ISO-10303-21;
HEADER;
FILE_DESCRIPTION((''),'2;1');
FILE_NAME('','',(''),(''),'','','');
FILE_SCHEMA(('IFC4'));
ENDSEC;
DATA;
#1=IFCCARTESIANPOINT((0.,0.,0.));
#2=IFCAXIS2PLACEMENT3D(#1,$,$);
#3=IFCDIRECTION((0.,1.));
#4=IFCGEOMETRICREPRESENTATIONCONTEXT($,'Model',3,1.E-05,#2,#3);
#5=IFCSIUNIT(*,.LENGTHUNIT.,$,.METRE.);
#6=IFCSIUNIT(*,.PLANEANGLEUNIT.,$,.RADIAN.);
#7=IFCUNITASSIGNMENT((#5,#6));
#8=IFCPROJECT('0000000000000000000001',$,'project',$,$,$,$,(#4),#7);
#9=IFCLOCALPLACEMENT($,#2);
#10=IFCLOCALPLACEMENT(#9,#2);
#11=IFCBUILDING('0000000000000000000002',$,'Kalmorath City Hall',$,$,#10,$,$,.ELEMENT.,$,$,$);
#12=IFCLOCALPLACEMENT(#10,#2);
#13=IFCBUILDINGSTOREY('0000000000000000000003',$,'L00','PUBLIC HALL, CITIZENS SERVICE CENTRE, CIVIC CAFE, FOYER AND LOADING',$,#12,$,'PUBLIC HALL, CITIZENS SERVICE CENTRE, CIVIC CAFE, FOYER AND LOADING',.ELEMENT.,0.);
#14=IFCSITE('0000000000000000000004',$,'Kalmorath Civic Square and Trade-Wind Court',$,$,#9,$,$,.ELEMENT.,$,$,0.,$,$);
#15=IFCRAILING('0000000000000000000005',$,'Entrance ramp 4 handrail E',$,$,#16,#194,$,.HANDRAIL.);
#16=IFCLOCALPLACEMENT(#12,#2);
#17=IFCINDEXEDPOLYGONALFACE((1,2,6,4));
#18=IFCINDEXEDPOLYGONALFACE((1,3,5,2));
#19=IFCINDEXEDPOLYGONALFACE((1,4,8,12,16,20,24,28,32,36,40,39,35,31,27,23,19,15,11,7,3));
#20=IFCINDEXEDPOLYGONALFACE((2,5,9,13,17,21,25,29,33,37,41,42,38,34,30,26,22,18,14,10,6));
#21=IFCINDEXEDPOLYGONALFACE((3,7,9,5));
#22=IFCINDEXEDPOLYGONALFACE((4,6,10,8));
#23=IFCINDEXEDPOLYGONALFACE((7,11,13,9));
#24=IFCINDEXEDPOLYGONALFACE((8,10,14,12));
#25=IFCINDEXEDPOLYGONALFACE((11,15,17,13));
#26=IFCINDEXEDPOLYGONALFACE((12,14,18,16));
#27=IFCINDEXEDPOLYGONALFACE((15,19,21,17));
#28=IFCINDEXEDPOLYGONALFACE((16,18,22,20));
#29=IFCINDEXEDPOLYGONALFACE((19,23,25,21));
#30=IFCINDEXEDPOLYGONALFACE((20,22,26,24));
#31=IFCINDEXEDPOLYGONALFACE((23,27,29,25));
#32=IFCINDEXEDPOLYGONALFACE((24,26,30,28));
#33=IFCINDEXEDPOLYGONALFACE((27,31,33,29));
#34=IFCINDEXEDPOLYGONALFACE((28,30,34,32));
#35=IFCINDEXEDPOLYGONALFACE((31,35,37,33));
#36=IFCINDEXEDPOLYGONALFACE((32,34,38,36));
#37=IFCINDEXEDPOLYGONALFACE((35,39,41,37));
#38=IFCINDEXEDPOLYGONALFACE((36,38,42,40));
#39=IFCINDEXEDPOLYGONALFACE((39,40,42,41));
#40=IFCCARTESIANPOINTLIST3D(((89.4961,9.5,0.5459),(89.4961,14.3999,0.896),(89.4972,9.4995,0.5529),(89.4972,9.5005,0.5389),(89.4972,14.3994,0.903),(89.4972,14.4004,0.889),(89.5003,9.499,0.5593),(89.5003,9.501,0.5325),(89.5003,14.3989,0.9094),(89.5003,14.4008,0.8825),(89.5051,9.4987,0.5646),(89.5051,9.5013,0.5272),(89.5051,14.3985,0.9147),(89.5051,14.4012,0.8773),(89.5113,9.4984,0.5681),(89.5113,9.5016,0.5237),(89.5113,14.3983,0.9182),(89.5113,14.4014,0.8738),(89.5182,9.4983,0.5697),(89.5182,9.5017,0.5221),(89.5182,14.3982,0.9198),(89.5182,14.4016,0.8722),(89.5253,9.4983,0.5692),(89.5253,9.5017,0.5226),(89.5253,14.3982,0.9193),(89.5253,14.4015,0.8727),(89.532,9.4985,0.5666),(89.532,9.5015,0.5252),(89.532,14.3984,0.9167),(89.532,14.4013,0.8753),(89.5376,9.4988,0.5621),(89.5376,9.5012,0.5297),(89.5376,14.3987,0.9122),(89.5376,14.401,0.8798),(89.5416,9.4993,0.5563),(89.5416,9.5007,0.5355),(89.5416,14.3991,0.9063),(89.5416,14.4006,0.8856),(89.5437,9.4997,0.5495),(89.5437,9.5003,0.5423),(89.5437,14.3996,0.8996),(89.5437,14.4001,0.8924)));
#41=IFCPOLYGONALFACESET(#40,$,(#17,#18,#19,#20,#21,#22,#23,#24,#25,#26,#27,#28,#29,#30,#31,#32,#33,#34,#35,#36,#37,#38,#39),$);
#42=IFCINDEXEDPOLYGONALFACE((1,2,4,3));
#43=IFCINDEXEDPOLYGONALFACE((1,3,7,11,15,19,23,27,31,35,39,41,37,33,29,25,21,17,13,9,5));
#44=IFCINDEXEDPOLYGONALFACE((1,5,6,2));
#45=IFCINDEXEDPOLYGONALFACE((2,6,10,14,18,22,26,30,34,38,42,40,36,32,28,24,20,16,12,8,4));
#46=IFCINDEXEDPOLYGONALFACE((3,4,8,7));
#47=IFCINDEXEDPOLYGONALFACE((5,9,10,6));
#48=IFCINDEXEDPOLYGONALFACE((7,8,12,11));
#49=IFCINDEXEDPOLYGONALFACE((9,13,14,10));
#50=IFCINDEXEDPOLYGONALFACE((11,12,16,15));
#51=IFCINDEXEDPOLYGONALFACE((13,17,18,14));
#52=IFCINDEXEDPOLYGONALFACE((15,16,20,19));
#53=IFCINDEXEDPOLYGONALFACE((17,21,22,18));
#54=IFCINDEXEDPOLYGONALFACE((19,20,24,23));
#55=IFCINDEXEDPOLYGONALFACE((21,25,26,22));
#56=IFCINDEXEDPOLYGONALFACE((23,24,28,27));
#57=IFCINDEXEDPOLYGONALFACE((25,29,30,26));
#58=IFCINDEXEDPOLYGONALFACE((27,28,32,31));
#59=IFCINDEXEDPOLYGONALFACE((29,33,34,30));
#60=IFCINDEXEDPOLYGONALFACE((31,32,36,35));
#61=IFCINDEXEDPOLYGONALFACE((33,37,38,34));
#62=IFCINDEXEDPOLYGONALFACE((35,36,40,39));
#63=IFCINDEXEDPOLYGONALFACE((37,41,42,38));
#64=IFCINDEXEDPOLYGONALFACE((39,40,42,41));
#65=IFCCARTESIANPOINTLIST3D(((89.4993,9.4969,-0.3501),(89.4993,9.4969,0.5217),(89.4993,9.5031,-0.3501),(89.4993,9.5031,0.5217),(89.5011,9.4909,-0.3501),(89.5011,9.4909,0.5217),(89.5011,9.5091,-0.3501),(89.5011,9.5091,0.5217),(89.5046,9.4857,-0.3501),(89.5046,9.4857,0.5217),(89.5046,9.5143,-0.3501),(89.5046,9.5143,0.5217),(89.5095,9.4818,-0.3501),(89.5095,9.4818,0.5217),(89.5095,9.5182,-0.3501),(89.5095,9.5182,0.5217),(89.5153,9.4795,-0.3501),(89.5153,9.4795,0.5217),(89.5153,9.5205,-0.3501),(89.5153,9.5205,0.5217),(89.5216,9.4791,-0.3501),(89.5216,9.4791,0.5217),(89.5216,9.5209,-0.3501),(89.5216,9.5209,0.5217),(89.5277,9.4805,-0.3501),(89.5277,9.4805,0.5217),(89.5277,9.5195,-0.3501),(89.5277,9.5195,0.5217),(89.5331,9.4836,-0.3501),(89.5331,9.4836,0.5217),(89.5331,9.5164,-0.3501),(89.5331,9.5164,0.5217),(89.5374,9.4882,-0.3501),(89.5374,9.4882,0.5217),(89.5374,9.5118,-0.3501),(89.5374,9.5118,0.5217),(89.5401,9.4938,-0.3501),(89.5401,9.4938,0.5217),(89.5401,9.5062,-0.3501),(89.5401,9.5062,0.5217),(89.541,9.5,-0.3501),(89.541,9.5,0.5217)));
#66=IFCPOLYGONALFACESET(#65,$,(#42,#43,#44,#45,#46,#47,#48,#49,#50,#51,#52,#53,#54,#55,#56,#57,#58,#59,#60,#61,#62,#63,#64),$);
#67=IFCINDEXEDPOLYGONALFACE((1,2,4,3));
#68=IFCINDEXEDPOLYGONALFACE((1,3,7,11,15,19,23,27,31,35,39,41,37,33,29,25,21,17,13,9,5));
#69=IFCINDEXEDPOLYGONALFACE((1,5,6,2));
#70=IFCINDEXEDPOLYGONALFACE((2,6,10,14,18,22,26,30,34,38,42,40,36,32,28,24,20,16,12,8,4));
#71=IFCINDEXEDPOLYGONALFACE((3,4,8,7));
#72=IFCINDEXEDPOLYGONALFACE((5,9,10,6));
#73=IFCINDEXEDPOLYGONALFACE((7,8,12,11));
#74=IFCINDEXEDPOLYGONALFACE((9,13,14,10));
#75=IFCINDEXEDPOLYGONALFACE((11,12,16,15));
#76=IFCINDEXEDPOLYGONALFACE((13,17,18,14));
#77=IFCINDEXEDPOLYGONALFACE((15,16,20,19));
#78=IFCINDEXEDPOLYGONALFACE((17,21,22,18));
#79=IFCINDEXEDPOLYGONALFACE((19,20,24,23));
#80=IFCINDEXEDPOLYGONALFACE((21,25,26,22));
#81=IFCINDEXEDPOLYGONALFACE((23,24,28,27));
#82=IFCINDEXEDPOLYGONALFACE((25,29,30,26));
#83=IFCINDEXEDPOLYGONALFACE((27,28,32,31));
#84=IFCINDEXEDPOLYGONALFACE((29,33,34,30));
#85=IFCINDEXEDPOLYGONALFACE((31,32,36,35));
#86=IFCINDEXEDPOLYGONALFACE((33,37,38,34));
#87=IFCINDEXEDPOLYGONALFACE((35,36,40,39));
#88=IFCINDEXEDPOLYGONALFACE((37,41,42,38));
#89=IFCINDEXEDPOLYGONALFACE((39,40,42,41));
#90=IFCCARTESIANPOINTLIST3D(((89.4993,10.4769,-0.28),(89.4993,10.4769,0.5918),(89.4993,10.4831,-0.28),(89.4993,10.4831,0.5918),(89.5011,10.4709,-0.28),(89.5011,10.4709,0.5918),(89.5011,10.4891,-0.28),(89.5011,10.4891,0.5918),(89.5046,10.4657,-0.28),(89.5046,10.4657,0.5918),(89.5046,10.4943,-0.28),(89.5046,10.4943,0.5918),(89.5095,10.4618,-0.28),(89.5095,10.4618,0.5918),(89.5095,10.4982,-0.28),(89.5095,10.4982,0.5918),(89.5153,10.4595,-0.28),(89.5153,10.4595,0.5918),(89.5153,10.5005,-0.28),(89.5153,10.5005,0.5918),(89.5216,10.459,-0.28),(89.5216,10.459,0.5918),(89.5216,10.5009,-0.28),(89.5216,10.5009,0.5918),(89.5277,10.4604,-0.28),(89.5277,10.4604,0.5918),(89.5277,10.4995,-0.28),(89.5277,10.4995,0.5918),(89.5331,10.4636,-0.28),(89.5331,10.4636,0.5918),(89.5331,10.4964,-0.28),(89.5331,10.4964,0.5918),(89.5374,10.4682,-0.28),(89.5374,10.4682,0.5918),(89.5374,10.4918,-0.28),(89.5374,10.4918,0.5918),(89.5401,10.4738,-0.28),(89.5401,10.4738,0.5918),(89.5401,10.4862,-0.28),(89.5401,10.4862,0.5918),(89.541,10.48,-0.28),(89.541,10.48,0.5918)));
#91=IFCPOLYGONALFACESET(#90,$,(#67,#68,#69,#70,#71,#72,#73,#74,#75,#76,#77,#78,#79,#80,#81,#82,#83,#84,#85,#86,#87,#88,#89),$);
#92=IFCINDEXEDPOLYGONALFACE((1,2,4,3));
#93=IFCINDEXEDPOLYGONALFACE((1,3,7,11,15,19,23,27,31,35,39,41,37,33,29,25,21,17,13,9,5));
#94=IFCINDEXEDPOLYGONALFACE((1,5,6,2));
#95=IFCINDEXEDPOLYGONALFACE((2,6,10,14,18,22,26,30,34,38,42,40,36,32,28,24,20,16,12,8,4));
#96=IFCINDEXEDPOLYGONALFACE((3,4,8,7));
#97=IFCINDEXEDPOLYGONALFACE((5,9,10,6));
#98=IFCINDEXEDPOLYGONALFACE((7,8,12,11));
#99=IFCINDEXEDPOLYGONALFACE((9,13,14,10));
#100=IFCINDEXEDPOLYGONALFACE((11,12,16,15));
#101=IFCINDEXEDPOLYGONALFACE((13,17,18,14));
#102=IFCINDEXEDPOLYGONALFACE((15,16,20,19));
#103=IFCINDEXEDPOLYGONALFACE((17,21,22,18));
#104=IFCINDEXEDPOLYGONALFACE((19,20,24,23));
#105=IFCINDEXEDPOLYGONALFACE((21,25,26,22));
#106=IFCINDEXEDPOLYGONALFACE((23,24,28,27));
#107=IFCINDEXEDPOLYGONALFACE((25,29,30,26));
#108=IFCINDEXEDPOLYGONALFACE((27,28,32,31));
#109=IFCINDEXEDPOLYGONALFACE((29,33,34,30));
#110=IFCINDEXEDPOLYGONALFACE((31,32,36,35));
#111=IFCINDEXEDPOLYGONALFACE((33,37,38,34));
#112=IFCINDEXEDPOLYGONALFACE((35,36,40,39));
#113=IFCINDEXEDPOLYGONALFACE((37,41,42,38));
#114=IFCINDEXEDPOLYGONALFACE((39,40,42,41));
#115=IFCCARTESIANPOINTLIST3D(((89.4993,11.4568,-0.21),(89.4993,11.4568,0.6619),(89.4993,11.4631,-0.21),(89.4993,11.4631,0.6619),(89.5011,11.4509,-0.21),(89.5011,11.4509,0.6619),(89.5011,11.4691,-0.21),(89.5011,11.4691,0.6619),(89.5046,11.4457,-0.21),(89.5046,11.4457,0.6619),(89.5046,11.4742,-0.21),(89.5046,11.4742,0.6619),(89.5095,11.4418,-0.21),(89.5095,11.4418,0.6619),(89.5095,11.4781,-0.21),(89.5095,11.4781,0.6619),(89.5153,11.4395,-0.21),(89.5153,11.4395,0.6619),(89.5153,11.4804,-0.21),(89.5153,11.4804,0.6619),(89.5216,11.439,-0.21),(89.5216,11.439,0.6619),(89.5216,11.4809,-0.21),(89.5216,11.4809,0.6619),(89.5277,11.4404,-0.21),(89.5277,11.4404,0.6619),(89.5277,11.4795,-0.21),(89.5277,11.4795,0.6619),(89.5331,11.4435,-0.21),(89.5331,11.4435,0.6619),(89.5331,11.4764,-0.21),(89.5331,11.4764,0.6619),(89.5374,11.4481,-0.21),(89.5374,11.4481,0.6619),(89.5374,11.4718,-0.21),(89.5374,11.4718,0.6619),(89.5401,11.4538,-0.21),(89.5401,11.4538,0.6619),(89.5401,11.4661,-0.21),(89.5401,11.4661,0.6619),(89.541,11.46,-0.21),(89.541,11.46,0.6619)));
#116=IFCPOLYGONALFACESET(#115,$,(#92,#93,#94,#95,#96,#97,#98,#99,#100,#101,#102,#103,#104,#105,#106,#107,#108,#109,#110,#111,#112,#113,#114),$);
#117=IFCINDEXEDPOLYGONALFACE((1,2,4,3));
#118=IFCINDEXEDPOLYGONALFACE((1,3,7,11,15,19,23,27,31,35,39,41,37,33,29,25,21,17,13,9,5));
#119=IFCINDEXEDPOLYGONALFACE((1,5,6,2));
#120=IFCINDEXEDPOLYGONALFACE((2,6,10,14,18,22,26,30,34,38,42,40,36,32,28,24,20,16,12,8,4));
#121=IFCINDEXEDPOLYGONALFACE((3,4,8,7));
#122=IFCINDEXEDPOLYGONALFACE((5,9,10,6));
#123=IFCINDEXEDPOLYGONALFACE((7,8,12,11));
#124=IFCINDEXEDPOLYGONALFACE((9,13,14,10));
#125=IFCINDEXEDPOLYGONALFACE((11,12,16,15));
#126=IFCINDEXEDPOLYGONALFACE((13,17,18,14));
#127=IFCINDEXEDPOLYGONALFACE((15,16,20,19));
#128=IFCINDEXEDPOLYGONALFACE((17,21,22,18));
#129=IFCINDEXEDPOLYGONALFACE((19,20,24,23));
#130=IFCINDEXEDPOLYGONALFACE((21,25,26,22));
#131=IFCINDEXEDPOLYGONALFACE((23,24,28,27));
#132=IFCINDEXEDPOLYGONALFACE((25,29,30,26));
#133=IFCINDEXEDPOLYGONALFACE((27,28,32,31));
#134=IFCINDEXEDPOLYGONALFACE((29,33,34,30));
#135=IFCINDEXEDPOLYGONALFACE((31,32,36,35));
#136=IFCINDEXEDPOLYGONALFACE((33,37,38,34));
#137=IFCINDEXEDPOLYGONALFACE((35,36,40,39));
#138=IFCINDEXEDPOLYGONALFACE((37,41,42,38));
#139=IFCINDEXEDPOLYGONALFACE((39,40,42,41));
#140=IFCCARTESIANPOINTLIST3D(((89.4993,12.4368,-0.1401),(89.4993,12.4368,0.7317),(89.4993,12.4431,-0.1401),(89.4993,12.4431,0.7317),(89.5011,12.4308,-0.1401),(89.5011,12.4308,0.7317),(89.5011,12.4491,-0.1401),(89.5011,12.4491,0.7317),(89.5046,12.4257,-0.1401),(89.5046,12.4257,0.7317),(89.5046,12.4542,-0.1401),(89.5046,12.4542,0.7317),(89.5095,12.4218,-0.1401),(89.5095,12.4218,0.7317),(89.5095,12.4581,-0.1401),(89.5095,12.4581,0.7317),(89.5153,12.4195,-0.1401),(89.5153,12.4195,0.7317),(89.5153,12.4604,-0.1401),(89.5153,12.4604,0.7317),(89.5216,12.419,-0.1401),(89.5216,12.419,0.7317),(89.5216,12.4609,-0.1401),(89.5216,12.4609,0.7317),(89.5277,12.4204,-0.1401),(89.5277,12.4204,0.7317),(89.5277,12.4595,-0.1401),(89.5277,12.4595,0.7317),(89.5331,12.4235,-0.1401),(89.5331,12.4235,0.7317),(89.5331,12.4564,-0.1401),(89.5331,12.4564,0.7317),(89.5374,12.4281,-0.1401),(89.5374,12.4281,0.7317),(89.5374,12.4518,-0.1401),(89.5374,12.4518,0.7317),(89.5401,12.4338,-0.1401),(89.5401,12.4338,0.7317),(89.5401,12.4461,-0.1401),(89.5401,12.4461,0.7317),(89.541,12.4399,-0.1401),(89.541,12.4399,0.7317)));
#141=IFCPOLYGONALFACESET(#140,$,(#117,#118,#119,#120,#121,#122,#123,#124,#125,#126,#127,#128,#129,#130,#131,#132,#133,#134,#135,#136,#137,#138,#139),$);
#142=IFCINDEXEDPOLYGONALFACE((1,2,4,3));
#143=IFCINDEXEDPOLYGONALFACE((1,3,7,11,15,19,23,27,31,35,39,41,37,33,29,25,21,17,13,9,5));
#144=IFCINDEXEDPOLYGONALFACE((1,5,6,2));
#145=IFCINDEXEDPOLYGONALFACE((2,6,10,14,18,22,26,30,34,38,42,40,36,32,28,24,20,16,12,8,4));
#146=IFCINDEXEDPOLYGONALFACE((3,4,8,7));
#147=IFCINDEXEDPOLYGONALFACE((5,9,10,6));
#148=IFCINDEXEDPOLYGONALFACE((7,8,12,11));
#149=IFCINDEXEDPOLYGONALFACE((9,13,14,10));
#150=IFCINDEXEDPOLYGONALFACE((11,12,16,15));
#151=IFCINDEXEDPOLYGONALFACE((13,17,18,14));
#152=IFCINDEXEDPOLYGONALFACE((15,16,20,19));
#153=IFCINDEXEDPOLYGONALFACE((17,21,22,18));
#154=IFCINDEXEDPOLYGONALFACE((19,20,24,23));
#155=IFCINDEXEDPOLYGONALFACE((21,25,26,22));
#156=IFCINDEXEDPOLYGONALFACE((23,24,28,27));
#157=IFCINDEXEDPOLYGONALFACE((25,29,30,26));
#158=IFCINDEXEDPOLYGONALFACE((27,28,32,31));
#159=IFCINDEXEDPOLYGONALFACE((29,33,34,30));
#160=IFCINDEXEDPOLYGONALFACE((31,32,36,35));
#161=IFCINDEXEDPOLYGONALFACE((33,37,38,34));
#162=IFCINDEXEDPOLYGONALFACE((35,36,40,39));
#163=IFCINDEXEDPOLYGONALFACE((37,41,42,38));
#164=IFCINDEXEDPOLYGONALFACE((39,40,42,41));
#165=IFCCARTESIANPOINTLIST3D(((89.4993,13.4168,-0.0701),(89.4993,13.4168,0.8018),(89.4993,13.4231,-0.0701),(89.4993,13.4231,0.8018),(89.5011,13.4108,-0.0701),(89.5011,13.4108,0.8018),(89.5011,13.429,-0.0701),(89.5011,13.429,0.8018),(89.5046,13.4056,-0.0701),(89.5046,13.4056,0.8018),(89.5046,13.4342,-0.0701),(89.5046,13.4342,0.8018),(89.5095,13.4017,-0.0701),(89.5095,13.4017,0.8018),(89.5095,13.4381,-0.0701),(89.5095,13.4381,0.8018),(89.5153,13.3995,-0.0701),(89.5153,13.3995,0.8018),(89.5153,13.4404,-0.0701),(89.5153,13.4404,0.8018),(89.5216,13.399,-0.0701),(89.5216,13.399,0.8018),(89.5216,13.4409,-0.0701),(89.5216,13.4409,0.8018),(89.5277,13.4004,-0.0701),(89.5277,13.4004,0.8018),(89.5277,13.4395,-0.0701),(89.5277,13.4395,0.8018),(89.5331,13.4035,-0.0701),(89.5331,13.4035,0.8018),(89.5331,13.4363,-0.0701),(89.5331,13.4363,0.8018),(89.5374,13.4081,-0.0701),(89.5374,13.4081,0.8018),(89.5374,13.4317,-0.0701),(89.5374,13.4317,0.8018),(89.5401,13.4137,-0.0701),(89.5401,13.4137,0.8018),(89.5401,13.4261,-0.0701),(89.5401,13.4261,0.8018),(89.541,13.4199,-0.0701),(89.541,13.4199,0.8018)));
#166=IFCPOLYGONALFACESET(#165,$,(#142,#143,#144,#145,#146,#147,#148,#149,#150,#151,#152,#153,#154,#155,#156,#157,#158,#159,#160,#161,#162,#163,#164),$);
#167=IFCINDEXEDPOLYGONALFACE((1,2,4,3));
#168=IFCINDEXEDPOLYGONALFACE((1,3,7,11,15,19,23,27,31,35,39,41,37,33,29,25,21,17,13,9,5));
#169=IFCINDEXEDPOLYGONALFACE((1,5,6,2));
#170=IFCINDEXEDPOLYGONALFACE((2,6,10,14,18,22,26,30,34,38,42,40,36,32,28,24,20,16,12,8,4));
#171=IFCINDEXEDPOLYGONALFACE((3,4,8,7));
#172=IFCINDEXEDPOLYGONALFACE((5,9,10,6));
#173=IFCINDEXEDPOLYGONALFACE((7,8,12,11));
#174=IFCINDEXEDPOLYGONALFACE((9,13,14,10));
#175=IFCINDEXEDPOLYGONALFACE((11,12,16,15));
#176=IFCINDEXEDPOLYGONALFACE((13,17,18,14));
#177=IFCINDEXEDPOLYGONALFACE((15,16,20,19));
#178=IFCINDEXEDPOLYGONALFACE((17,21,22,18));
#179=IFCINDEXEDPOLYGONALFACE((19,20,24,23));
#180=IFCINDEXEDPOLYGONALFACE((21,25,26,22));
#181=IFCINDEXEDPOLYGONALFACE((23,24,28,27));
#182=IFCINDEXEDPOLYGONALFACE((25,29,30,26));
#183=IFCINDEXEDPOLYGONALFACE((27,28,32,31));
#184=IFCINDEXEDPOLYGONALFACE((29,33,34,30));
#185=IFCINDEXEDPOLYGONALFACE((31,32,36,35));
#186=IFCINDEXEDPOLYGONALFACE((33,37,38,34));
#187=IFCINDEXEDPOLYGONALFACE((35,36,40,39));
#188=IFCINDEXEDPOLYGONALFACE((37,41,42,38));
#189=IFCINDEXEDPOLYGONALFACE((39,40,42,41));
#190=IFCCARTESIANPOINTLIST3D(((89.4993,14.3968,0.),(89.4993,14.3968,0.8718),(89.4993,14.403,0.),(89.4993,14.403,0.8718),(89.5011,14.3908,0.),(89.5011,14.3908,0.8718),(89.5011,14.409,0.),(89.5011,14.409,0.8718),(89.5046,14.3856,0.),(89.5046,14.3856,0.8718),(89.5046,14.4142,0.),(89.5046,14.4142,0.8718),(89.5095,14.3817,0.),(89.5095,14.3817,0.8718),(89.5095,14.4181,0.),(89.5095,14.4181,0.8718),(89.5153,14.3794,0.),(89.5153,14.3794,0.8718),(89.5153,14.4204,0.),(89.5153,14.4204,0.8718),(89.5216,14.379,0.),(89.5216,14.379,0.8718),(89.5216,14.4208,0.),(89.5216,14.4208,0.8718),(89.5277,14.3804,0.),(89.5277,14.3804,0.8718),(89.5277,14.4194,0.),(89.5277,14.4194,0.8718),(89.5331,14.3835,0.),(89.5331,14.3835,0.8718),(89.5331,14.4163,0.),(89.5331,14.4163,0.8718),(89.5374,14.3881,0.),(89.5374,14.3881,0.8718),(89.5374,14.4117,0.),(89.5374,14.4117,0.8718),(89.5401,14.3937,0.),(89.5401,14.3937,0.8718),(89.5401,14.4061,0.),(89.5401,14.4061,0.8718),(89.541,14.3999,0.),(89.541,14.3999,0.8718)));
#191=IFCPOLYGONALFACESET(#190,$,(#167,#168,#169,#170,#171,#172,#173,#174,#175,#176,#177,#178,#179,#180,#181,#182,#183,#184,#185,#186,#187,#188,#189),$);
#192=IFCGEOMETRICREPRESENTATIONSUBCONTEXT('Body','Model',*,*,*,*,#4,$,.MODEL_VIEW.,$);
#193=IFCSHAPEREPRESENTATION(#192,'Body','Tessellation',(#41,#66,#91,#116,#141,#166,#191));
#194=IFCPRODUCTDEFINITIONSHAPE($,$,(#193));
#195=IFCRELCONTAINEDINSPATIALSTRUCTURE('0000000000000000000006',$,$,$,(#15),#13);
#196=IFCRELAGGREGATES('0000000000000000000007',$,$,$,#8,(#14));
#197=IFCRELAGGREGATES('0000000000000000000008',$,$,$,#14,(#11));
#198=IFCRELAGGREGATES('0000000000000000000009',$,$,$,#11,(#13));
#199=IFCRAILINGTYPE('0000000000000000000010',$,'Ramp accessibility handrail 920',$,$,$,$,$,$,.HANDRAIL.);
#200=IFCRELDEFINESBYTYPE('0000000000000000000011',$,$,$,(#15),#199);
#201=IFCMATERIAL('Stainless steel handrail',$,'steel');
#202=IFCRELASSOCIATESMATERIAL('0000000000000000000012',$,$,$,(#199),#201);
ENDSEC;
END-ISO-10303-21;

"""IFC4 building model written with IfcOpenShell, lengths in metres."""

from ifc_helpers import new_model, si_unit, direction, frame, origin, origin_2d, place, context, subcontext, project, spatial, circle, extrude, material, type_object, element, save


model = new_model("IFC4")

# Units and contexts
model_context = context("Model", 3, precision=1e-05, world=origin(), true_north=direction((0.0, 1.0)))
body_context = subcontext(model_context, "Body", "Model", "MODEL_VIEW")
ifc_project = project(units=[si_unit("LENGTHUNIT", "METRE"), si_unit("PLANEANGLEUNIT", "RADIAN")], contexts=[model_context])

# Site, building, storey
site_placement = place(None, origin())
site = spatial("IfcSite", under=ifc_project, at=site_placement, Name="Kalmorath Civic Square and Trade-Wind Court", CompositionType="ELEMENT", RefElevation=0.0)
building_placement = place(site_placement, origin())
building = spatial("IfcBuilding", under=site, at=building_placement, Name="Kalmorath City Hall", CompositionType="ELEMENT")
storey_placement = place(building_placement, origin())
storey = spatial("IfcBuildingStorey", under=building, at=storey_placement, Name="L00", Description="PUBLIC HALL, CITIZENS SERVICE CENTRE, CIVIC CAFE, FOYER AND LOADING", LongName="PUBLIC HALL, CITIZENS SERVICE CENTRE, CIVIC CAFE, FOYER AND LOADING", CompositionType="ELEMENT", Elevation=0.0)

# Railing
ifc_material_1 = material(Name="Stainless steel handrail", Category="steel")
railing_type = type_object("IfcRailingType", Name="Ramp accessibility handrail 920", PredefinedType="HANDRAIL", material=ifc_material_1)
for number, where, name in (
    (1, (89.52, 9.5, -0.3501), "Entrance ramp 4 handrail E"),
):
    element("IfcRailing", number, at=place(storey_placement, frame(where)), inside=storey, type_object=railing_type, Name=name, PredefinedType="HANDRAIL", context=body_context, shape_type="SweptSolid", body=[
        extrude(circle(Radius=0.0239, at=origin_2d()), frame((0.0, 0.0, 0.896), z_axis=(0.0, 0.997457, 0.071268), x_axis=(-1.0, 0.0, 0.0)), (0.0, 0.0, 1.0), 4.9124),
        extrude(circle(Radius=0.021, at=origin_2d()), origin(), (0.0, 0.0, 1.0), 0.8718),
        extrude(circle(Radius=0.021, at=origin_2d()), frame((0.0, 0.98, 0.0701)), (0.0, 0.0, 1.0), 0.8718),
        extrude(circle(Radius=0.021, at=origin_2d()), frame((0.0, 1.96, 0.1401)), (0.0, 0.0, 1.0), 0.8718),
        extrude(circle(Radius=0.021, at=origin_2d()), frame((0.0, 2.9399, 0.21)), (0.0, 0.0, 1.0), 0.8718),
        extrude(circle(Radius=0.021, at=origin_2d()), frame((0.0, 3.9199, 0.28)), (0.0, 0.0, 1.0), 0.8718),
        extrude(circle(Radius=0.021, at=origin_2d()), frame((0.0, 4.8999, 0.3501)), (0.0, 0.0, 1.0), 0.8718),
    ])

save(model, "model.ifc")
